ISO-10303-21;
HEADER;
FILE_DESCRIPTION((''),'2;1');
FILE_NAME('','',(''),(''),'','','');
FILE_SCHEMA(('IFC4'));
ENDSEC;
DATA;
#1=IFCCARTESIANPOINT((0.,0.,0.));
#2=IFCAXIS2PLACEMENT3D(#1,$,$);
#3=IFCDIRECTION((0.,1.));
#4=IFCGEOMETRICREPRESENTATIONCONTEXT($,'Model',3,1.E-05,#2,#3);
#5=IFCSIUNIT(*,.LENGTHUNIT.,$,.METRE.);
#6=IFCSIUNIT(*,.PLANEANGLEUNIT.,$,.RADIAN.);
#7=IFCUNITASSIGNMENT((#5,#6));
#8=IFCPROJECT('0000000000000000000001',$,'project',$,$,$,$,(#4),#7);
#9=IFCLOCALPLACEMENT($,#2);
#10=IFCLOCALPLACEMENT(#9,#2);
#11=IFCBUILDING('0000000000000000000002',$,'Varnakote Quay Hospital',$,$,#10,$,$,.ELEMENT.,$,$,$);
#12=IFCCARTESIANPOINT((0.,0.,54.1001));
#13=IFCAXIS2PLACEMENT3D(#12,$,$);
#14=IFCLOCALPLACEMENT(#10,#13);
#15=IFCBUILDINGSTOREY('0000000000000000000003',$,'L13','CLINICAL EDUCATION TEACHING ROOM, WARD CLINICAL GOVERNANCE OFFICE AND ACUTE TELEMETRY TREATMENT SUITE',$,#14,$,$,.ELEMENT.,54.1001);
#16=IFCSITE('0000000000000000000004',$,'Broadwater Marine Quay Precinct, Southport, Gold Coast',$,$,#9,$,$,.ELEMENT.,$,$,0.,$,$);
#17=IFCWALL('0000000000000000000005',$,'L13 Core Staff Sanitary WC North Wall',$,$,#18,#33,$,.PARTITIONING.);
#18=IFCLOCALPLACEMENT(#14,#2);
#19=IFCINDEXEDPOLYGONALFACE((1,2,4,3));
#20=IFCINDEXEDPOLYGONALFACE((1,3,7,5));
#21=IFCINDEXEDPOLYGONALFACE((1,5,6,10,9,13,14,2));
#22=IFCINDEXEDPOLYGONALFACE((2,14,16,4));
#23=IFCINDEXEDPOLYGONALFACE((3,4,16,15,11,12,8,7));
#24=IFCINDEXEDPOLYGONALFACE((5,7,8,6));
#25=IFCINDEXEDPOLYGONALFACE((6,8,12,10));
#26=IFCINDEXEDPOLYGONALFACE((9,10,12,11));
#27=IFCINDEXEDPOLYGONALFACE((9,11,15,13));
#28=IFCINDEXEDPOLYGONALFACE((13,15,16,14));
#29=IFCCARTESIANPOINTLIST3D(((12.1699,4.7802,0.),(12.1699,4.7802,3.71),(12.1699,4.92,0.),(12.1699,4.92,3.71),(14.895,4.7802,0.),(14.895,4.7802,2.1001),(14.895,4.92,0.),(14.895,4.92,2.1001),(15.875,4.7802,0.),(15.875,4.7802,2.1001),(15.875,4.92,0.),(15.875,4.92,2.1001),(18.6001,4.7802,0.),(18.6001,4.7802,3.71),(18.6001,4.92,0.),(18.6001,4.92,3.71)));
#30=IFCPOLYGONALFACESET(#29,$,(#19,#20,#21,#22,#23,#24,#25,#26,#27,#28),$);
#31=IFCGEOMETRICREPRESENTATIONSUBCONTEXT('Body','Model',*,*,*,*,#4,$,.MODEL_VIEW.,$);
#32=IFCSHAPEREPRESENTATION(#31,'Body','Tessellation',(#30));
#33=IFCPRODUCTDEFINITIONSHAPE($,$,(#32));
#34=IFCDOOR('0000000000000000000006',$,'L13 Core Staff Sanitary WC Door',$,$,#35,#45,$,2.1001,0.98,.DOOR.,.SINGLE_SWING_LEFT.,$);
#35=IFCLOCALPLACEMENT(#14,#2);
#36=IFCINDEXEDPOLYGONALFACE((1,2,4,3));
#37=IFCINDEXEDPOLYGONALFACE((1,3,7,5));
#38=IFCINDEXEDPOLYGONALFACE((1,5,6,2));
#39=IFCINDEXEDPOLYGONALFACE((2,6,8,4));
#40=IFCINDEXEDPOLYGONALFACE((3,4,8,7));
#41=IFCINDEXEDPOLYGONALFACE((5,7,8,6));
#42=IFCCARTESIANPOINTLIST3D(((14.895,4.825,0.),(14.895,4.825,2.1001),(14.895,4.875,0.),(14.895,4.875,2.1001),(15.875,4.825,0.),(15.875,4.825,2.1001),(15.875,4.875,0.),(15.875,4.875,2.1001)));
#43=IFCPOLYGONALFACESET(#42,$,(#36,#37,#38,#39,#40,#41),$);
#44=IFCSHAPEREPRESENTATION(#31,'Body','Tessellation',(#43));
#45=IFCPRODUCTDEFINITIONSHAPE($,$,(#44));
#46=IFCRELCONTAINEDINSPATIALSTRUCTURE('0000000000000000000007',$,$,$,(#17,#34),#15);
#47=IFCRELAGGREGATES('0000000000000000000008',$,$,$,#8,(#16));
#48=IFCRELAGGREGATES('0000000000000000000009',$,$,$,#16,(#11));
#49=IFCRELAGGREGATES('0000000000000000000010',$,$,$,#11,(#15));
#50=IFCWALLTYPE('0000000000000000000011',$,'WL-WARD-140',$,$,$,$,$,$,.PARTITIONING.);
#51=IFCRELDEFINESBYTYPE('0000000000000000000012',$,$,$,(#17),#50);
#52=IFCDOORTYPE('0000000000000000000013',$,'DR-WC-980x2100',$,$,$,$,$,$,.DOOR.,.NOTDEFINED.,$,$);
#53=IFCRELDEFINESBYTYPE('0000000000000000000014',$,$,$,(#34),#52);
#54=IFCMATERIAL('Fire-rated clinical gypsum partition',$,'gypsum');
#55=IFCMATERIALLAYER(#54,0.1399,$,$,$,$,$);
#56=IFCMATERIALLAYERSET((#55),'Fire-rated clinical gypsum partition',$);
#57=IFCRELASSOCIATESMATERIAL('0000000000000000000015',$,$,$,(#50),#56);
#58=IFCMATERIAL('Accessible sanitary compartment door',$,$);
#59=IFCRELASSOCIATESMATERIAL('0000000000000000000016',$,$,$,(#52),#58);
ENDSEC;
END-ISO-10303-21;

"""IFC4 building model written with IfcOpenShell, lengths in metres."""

from ifc_helpers import new_model, si_unit, direction, frame, frame_2d, origin, place, context, subcontext, project, spatial, rectangle, extrude, material, layer, layer_set, type_object, element, fill, save


model = new_model("IFC4")

# Units and contexts
model_context = context("Model", 3, precision=1e-05, world=origin(), true_north=direction((0.0, 1.0)))
body_context = subcontext(model_context, "Body", "Model", "MODEL_VIEW")
ifc_project = project(units=[si_unit("LENGTHUNIT", "METRE"), si_unit("PLANEANGLEUNIT", "RADIAN")], contexts=[model_context])

# Site, building, storey
site_placement = place(None, origin())
site = spatial("IfcSite", under=ifc_project, at=site_placement, Name="Broadwater Marine Quay Precinct, Southport, Gold Coast", CompositionType="ELEMENT", RefElevation=0.0)
building_placement = place(site_placement, origin())
building = spatial("IfcBuilding", under=site, at=building_placement, Name="Varnakote Quay Hospital", CompositionType="ELEMENT")
storey_placement = place(building_placement, frame((0.0, 0.0, 54.1001)))
storey = spatial("IfcBuildingStorey", under=building, at=storey_placement, Name="L13", Description="CLINICAL EDUCATION TEACHING ROOM, WARD CLINICAL GOVERNANCE OFFICE AND ACUTE TELEMETRY TREATMENT SUITE", CompositionType="ELEMENT", Elevation=54.1001)

# Wall, opening, door
ifc_material_1 = material(Name="Fire-rated clinical gypsum partition", Category="gypsum")
ifc_layer_1 = layer(ifc_material_1, 0.1399)
ifc_layer_set_1 = layer_set([ifc_layer_1], Name="Fire-rated clinical gypsum partition")
wall_type_1 = type_object("IfcWallType", Name="WL-WARD-140", PredefinedType="PARTITIONING", material=ifc_layer_set_1)
wall_1_placement = place(storey_placement, frame((12.1699, 4.8501, 0.0), z_axis=(0.0, 0.0, 1.0), x_axis=(1.0, 0.0, 0.0)))
wall_1 = element("IfcWall", 1, at=wall_1_placement, inside=storey, type_object=wall_type_1, Name="L13 Core Staff Sanitary WC North Wall", PredefinedType="PARTITIONING", context=body_context, shape_type="SweptSolid", body=[
    extrude(rectangle(XDim=6.4302, YDim=0.1399, at=frame_2d((3.2151, 0.0))), origin(), (0.0, 0.0, 1.0), 3.71),
])
opening_1_placement = place(wall_1_placement, frame((2.7251, 0.0, 0.0)))
opening_1 = element("IfcOpeningElement", 2, at=opening_1_placement, cuts=wall_1, PredefinedType="OPENING", context=body_context, shape_type="SweptSolid", body=[
    extrude(rectangle(XDim=0.98, YDim=2.1001, at=frame_2d((0.49, 1.05))), frame((0.0, 0.0798, 0.0), z_axis=(0.0, -1.0, 0.0), x_axis=(1.0, 0.0, 0.0)), (0.0, 0.0, 1.0), 0.1599),
])
ifc_material_2 = material(Name="Accessible sanitary compartment door")
door_type_1 = type_object("IfcDoorType", Name="DR-WC-980x2100", OperationType="NOTDEFINED", PredefinedType="DOOR", material=ifc_material_2)
door_1_placement = place(opening_1_placement, origin())
door_1 = element("IfcDoor", 3, at=door_1_placement, inside=storey, type_object=door_type_1, Name="L13 Core Staff Sanitary WC Door", OperationType="SINGLE_SWING_LEFT", OverallHeight=2.1001, OverallWidth=0.98, PredefinedType="DOOR", context=body_context, shape_type="SweptSolid", body=[
    extrude(rectangle(XDim=0.98, YDim=2.1001, at=frame_2d((0.49, 1.05))), frame((0.0, 0.0249, 0.0), z_axis=(0.0, -1.0, 0.0), x_axis=(1.0, 0.0, 0.0)), (0.0, 0.0, 1.0), 0.05),
])
fill(opening_1, door_1)

save(model, "model.ifc")
